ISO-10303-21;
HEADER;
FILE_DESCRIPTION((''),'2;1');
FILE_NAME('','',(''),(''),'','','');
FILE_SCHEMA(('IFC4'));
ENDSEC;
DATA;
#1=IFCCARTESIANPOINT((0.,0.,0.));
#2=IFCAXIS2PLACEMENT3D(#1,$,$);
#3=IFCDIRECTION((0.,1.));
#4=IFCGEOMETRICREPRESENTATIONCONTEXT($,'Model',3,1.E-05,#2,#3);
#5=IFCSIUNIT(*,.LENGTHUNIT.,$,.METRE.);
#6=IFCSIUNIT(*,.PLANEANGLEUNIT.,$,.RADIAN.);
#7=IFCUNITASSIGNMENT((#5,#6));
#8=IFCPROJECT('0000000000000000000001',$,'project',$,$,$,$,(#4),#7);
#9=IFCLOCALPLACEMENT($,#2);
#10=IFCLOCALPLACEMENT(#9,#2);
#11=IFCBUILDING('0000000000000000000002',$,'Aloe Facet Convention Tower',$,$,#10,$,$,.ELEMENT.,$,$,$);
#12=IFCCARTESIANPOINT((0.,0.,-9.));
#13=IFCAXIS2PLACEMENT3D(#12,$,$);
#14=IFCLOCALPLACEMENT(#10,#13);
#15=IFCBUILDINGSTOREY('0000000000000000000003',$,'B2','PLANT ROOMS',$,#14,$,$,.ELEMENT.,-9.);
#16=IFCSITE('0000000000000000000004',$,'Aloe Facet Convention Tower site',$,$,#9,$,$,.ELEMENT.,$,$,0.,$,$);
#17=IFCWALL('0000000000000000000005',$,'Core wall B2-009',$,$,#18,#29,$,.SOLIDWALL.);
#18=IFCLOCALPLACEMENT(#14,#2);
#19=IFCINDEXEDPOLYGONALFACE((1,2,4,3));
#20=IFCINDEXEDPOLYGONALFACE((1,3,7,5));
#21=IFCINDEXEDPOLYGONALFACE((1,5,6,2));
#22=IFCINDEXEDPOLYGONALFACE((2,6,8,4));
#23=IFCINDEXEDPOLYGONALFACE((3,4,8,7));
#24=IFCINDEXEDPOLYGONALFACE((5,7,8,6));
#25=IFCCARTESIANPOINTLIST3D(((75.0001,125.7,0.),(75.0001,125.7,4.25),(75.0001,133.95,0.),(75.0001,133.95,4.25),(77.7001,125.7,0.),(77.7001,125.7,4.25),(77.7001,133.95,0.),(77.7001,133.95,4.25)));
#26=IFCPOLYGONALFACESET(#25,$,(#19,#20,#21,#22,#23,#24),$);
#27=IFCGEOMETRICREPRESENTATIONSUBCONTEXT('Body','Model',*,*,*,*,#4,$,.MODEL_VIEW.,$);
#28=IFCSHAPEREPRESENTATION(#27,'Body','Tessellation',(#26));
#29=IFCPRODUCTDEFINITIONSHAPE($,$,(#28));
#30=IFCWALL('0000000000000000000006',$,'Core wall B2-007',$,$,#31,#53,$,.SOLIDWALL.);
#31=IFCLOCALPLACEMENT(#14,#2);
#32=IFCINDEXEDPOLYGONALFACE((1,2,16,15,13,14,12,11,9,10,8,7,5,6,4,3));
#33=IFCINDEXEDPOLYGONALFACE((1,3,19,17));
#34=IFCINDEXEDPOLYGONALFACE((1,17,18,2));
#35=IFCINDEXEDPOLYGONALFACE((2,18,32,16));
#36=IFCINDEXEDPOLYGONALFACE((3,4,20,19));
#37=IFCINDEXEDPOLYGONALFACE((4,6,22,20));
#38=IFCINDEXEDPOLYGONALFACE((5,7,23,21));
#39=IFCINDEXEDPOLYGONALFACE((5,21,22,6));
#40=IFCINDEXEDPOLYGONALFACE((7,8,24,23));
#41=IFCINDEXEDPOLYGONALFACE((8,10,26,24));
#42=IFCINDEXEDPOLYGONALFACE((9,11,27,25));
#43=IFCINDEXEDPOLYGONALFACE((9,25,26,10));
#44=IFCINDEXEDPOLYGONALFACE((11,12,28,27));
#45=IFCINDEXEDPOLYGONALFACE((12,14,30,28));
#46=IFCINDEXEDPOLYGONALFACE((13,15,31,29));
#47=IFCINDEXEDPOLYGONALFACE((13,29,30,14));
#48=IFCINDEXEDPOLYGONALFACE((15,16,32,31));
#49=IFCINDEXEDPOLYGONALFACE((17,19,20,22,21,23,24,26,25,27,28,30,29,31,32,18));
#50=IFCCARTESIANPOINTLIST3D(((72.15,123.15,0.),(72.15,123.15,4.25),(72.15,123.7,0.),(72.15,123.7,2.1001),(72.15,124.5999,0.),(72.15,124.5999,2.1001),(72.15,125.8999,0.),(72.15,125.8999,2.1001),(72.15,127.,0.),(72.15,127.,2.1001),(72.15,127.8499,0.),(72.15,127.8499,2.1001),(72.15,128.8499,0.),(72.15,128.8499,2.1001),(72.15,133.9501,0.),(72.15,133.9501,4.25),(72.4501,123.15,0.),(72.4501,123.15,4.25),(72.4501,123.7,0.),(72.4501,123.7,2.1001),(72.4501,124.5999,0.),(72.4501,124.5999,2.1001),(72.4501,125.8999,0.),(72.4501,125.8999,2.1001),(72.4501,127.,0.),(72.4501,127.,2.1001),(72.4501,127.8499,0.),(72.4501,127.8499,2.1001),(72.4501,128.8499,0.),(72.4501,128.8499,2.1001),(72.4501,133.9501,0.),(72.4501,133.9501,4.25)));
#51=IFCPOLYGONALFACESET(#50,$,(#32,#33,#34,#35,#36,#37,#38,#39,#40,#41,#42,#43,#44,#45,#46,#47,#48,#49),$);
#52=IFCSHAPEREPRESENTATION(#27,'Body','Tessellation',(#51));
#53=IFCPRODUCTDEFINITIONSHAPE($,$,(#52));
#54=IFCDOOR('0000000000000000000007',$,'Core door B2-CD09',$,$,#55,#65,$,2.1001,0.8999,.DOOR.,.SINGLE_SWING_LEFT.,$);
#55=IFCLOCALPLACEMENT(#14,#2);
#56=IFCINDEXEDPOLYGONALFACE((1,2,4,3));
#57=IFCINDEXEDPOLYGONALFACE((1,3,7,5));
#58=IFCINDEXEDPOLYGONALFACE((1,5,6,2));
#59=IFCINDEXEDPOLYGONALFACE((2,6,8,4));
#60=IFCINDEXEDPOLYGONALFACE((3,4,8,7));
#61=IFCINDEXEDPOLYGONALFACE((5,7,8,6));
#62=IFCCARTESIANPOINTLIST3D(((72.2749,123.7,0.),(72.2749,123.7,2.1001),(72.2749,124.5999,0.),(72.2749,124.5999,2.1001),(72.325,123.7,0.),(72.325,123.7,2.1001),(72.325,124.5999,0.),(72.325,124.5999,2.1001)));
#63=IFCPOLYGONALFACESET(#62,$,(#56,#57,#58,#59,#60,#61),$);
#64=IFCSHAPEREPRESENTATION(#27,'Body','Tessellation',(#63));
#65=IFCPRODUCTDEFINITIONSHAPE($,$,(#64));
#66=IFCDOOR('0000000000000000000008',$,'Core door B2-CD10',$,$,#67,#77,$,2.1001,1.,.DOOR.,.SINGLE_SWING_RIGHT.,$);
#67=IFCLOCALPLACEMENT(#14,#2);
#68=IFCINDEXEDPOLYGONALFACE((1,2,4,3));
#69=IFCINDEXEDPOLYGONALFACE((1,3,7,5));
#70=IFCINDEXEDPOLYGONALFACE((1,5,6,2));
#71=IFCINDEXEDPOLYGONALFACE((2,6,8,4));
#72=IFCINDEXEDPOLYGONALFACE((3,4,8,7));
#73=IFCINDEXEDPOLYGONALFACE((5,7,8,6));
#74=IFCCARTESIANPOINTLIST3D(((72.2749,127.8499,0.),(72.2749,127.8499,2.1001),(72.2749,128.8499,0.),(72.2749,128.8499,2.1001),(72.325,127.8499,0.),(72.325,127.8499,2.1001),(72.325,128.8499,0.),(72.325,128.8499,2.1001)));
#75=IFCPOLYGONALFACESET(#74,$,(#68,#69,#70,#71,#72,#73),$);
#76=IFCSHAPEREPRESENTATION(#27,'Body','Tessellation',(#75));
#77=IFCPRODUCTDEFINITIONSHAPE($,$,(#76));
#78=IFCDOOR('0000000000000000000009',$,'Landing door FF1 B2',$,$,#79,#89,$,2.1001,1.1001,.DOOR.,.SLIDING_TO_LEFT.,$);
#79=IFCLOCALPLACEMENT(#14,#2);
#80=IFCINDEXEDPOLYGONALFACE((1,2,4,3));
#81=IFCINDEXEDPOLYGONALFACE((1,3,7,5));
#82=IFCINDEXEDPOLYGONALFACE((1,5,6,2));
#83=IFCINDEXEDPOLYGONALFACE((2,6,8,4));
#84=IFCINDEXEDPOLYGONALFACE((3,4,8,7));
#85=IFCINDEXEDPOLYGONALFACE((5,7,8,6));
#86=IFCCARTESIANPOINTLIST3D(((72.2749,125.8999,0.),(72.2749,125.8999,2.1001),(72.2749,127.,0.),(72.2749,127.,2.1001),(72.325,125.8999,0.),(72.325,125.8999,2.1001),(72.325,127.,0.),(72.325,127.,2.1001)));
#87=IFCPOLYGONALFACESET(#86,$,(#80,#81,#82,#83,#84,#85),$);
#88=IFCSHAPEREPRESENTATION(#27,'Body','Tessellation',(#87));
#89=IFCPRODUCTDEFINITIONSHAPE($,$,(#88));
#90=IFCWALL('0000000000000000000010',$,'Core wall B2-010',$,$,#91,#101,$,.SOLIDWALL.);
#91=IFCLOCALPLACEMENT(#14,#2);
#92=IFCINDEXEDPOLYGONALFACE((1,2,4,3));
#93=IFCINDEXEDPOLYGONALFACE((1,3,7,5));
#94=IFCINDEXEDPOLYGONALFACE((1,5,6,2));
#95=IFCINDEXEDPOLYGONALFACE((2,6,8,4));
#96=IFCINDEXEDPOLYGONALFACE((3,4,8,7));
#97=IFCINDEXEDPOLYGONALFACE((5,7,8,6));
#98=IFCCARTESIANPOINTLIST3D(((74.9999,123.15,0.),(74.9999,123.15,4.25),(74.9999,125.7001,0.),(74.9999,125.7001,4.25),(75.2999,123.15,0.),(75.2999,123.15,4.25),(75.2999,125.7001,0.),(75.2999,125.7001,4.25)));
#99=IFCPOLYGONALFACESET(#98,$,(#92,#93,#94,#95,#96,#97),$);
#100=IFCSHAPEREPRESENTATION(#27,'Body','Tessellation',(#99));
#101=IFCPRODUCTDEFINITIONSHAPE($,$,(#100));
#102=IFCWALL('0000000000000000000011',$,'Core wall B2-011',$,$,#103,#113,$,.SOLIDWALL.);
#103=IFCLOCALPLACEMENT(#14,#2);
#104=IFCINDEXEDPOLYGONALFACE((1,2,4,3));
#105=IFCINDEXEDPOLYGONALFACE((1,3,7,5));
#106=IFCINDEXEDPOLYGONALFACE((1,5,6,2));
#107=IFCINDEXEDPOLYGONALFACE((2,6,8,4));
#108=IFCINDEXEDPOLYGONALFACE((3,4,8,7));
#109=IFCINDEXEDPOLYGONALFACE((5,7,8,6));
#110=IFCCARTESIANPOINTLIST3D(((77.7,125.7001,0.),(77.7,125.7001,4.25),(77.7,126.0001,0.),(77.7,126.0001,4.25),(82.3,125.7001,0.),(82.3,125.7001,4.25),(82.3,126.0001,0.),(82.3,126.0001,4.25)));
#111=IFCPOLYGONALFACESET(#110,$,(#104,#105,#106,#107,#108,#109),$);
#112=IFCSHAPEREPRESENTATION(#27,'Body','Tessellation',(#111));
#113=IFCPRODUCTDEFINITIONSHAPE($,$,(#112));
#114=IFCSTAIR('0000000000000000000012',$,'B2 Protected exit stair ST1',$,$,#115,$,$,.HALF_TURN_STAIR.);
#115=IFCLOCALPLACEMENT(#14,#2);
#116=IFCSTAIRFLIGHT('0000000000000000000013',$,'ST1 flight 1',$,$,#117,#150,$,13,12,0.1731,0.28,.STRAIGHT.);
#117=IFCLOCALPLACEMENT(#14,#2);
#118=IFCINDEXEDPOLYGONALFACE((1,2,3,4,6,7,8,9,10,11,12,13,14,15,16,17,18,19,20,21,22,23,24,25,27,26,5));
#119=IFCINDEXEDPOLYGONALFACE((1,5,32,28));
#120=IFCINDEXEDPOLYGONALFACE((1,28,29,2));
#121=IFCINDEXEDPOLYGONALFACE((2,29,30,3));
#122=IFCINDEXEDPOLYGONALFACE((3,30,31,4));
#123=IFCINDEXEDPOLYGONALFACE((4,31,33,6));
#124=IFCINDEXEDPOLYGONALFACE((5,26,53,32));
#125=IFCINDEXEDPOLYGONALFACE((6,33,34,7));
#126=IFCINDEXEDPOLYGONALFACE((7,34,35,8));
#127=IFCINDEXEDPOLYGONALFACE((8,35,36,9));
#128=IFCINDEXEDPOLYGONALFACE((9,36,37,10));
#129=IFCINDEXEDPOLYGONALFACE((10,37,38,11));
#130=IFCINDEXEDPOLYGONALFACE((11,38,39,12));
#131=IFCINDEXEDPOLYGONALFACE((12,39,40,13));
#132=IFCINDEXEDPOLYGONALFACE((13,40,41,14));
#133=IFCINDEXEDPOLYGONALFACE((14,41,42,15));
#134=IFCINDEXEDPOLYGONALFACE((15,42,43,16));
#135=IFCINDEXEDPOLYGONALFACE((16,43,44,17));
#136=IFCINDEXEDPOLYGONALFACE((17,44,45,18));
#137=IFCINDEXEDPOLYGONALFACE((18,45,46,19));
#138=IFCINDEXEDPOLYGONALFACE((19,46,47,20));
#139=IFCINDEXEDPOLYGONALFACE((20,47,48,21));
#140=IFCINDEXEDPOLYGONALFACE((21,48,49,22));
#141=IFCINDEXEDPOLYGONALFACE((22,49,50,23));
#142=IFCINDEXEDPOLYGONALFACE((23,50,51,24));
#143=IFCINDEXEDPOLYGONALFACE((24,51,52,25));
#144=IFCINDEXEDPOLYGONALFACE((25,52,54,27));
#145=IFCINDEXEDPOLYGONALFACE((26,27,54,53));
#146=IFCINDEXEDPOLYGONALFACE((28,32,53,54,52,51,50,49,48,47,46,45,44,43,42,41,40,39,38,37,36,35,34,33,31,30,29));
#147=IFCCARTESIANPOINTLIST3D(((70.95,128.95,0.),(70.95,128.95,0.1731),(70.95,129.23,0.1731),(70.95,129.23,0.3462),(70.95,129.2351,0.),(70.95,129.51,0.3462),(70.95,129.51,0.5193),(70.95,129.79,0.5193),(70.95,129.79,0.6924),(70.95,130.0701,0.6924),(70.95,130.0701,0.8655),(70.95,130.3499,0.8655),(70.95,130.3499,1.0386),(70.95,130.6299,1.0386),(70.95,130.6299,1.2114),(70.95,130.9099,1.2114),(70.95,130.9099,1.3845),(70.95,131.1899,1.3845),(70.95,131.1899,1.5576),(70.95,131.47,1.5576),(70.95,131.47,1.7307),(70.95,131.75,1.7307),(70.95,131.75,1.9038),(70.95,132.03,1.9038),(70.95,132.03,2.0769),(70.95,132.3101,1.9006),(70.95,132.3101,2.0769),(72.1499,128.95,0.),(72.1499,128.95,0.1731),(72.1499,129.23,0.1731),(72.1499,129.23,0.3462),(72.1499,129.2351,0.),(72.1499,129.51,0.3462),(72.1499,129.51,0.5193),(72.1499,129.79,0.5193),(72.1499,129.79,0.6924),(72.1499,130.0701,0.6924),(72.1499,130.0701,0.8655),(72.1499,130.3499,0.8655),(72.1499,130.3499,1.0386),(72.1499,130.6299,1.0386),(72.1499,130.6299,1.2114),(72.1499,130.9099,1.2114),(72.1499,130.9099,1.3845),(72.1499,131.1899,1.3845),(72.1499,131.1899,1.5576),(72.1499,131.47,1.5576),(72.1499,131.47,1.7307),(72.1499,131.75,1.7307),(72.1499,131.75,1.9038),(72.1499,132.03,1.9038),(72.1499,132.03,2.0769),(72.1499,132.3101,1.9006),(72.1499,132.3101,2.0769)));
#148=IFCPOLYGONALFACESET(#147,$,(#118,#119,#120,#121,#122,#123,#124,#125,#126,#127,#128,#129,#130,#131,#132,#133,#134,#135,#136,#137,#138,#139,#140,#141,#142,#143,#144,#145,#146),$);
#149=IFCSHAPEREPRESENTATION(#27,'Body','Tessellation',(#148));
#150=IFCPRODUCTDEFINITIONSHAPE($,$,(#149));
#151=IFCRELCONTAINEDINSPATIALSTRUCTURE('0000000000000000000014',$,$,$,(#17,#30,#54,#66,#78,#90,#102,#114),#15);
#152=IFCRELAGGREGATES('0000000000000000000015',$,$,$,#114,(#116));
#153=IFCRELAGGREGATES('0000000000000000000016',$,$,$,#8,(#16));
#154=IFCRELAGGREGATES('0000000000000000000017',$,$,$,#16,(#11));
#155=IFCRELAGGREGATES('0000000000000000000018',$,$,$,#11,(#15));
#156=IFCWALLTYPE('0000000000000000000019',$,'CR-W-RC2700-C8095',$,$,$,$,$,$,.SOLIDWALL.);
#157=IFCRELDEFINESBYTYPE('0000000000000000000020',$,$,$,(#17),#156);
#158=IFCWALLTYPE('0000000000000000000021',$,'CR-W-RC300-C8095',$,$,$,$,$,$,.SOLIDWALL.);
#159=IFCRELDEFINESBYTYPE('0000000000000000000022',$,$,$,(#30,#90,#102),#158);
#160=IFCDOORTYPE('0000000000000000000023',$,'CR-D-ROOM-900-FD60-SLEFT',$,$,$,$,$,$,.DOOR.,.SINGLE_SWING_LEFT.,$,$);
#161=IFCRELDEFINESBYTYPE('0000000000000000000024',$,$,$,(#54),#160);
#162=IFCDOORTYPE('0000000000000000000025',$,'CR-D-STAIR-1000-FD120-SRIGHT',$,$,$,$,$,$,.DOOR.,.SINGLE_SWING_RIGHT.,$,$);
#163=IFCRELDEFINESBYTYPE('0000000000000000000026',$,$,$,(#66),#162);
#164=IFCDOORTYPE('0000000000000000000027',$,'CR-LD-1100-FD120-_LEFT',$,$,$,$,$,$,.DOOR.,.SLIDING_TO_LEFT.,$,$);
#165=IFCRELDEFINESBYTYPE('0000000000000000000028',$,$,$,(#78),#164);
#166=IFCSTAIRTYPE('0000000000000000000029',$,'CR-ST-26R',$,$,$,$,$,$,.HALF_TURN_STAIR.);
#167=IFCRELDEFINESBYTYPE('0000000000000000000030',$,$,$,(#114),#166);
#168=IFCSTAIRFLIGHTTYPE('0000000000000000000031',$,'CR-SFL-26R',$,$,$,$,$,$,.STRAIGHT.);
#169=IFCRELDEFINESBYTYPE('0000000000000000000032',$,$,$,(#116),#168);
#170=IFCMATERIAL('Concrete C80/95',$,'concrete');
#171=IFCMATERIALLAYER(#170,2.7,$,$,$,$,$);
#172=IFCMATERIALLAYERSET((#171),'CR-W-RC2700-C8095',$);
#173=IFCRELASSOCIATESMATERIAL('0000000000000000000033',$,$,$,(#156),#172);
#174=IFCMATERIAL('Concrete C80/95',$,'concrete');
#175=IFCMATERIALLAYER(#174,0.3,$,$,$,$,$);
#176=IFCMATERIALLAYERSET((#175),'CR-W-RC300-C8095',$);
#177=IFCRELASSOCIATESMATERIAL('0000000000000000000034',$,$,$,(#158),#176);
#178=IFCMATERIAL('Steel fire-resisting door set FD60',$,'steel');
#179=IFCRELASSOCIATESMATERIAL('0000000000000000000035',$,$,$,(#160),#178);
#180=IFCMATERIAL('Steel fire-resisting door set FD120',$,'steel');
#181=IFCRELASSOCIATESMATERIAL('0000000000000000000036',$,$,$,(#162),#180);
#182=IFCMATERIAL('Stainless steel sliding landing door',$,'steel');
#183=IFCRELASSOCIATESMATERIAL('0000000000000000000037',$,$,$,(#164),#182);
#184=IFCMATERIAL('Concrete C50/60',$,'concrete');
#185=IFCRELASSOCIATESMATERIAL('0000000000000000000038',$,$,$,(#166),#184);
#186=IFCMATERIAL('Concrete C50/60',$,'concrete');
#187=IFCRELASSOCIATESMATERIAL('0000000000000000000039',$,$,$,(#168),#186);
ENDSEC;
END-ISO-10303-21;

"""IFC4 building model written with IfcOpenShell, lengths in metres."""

from ifc_helpers import new_model, si_unit, direction, frame, frame_2d, origin, place, context, subcontext, project, spatial, polyline, rectangle, outline, extrude, material, layer, layer_set, type_object, element, fill, aggregate, save


model = new_model("IFC4")

# Units and contexts
model_context = context("Model", 3, precision=1e-05, world=origin(), true_north=direction((0.0, 1.0)))
body_context = subcontext(model_context, "Body", "Model", "MODEL_VIEW")
ifc_project = project(units=[si_unit("LENGTHUNIT", "METRE"), si_unit("PLANEANGLEUNIT", "RADIAN")], contexts=[model_context])

# Site, building, storey
site_placement = place(None, origin())
site = spatial("IfcSite", under=ifc_project, at=site_placement, Name="Aloe Facet Convention Tower site", CompositionType="ELEMENT", RefElevation=0.0)
building_placement = place(site_placement, origin())
building = spatial("IfcBuilding", under=site, at=building_placement, Name="Aloe Facet Convention Tower", CompositionType="ELEMENT")
storey_placement = place(building_placement, frame((0.0, 0.0, -9.0)))
storey = spatial("IfcBuildingStorey", under=building, at=storey_placement, Name="B2", Description="PLANT ROOMS", CompositionType="ELEMENT", Elevation=-9.0)

# Wall
ifc_material_1 = material(Name="Concrete C80/95", Category="concrete")
ifc_layer_1 = layer(ifc_material_1, 2.7)
ifc_layer_set_1 = layer_set([ifc_layer_1], Name="CR-W-RC2700-C8095")
wall_type_1 = type_object("IfcWallType", Name="CR-W-RC2700-C8095", PredefinedType="SOLIDWALL", material=ifc_layer_set_1)
wall_1_placement = place(storey_placement, frame((76.3501, 133.95, 0.0), z_axis=(0.0, 0.0, 1.0), x_axis=(0.0, -1.0, 0.0)))
element("IfcWall", 1, at=wall_1_placement, inside=storey, type_object=wall_type_1, Name="Core wall B2-009", PredefinedType="SOLIDWALL", context=body_context, shape_type="SweptSolid", body=[
    extrude(rectangle(XDim=8.25, YDim=2.7, at=frame_2d((4.125, 0.0))), origin(), (0.0, 0.0, 1.0), 4.25),
])

# Wall, openings, doors
ifc_material_2 = material(Name="Concrete C80/95", Category="concrete")
ifc_layer_2 = layer(ifc_material_2, 0.3)
ifc_layer_set_2 = layer_set([ifc_layer_2], Name="CR-W-RC300-C8095")
wall_type_2 = type_object("IfcWallType", Name="CR-W-RC300-C8095", PredefinedType="SOLIDWALL", material=ifc_layer_set_2)
wall_2_placement = place(storey_placement, frame((72.3, 133.95, 0.0), z_axis=(0.0, 0.0, 1.0), x_axis=(0.0, -1.0, 0.0)))
wall_2 = element("IfcWall", 2, at=wall_2_placement, inside=storey, type_object=wall_type_2, Name="Core wall B2-007", PredefinedType="SOLIDWALL", context=body_context, shape_type="SweptSolid", body=[
    extrude(rectangle(XDim=10.8, YDim=0.3, at=frame_2d((5.3999, 0.0))), origin(), (0.0, 0.0, 1.0), 4.25),
])
opening_1_placement = place(wall_2_placement, frame((6.95, 0.0, 0.0)))
opening_1 = element("IfcOpeningElement", 3, at=opening_1_placement, cuts=wall_2, PredefinedType="OPENING", context=body_context, shape_type="SweptSolid", body=[
    extrude(rectangle(XDim=1.1001, YDim=2.1001, at=frame_2d((0.55, 1.05))), frame((0.0, 0.1602, 0.0), z_axis=(0.0, -1.0, 0.0), x_axis=(1.0, 0.0, 0.0)), (0.0, 0.0, 1.0), 0.3201),
])
opening_2_placement = place(wall_2_placement, frame((9.3501, 0.0, 0.0)))
opening_2 = element("IfcOpeningElement", 4, at=opening_2_placement, cuts=wall_2, PredefinedType="OPENING", context=body_context, shape_type="SweptSolid", body=[
    extrude(rectangle(XDim=0.8999, YDim=2.1001, at=frame_2d((0.45, 1.05))), frame((0.0, 0.1602, 0.0), z_axis=(0.0, -1.0, 0.0), x_axis=(1.0, 0.0, 0.0)), (0.0, 0.0, 1.0), 0.3201),
])
opening_3_placement = place(wall_2_placement, frame((5.1001, 0.0, 0.0)))
opening_3 = element("IfcOpeningElement", 5, at=opening_3_placement, cuts=wall_2, PredefinedType="OPENING", context=body_context, shape_type="SweptSolid", body=[
    extrude(rectangle(XDim=1.0, YDim=2.1001, at=frame_2d((0.5, 1.05))), frame((0.0, 0.1602, 0.0), z_axis=(0.0, -1.0, 0.0), x_axis=(1.0, 0.0, 0.0)), (0.0, 0.0, 1.0), 0.3201),
])
ifc_material_3 = material(Name="Steel fire-resisting door set FD60", Category="steel")
door_type_1 = type_object("IfcDoorType", Name="CR-D-ROOM-900-FD60-SLEFT", OperationType="SINGLE_SWING_LEFT", PredefinedType="DOOR", material=ifc_material_3)
door_1_placement = place(opening_2_placement, origin())
door_1 = element("IfcDoor", 6, at=door_1_placement, inside=storey, type_object=door_type_1, Name="Core door B2-CD09", OperationType="SINGLE_SWING_LEFT", OverallHeight=2.1001, OverallWidth=0.8999, PredefinedType="DOOR", context=body_context, shape_type="SweptSolid", body=[
    extrude(rectangle(XDim=0.8999, YDim=2.1001, at=frame_2d((0.45, 1.05))), frame((0.0, 0.0249, 0.0), z_axis=(0.0, -1.0, 0.0), x_axis=(1.0, 0.0, 0.0)), (0.0, 0.0, 1.0), 0.05),
])
fill(opening_2, door_1)
ifc_material_4 = material(Name="Steel fire-resisting door set FD120", Category="steel")
door_type_2 = type_object("IfcDoorType", Name="CR-D-STAIR-1000-FD120-SRIGHT", OperationType="SINGLE_SWING_RIGHT", PredefinedType="DOOR", material=ifc_material_4)
door_2_placement = place(opening_3_placement, origin())
door_2 = element("IfcDoor", 7, at=door_2_placement, inside=storey, type_object=door_type_2, Name="Core door B2-CD10", OperationType="SINGLE_SWING_RIGHT", OverallHeight=2.1001, OverallWidth=1.0, PredefinedType="DOOR", context=body_context, shape_type="SweptSolid", body=[
    extrude(rectangle(XDim=1.0, YDim=2.1001, at=frame_2d((0.5, 1.05))), frame((0.0, 0.0249, 0.0), z_axis=(0.0, -1.0, 0.0), x_axis=(1.0, 0.0, 0.0)), (0.0, 0.0, 1.0), 0.05),
])
fill(opening_3, door_2)
ifc_material_5 = material(Name="Stainless steel sliding landing door", Category="steel")
door_type_3 = type_object("IfcDoorType", Name="CR-LD-1100-FD120-_LEFT", OperationType="SLIDING_TO_LEFT", PredefinedType="DOOR", material=ifc_material_5)
door_3_placement = place(opening_1_placement, origin())
door_3 = element("IfcDoor", 8, at=door_3_placement, inside=storey, type_object=door_type_3, Name="Landing door FF1 B2", OperationType="SLIDING_TO_LEFT", OverallHeight=2.1001, OverallWidth=1.1001, PredefinedType="DOOR", context=body_context, shape_type="SweptSolid", body=[
    extrude(rectangle(XDim=1.1001, YDim=2.1001, at=frame_2d((0.55, 1.05))), frame((0.0, 0.0249, 0.0), z_axis=(0.0, -1.0, 0.0), x_axis=(1.0, 0.0, 0.0)), (0.0, 0.0, 1.0), 0.05),
])
fill(opening_1, door_3)

# Walls
wall_3_placement = place(storey_placement, frame((75.1499, 125.7, 0.0), z_axis=(0.0, 0.0, 1.0), x_axis=(0.0, -1.0, 0.0)))
element("IfcWall", 9, at=wall_3_placement, inside=storey, type_object=wall_type_2, Name="Core wall B2-010", PredefinedType="SOLIDWALL", context=body_context, shape_type="SweptSolid", body=[
    extrude(rectangle(XDim=2.55, YDim=0.3, at=frame_2d((1.2749, 0.0))), origin(), (0.0, 0.0, 1.0), 4.25),
])
wall_4_placement = place(storey_placement, frame((77.7, 125.8501, 0.0), z_axis=(0.0, 0.0, 1.0), x_axis=(1.0, 0.0, 0.0)))
element("IfcWall", 10, at=wall_4_placement, inside=storey, type_object=wall_type_2, Name="Core wall B2-011", PredefinedType="SOLIDWALL", context=body_context, shape_type="SweptSolid", body=[
    extrude(rectangle(XDim=4.6001, YDim=0.3, at=frame_2d((2.3, 0.0))), origin(), (0.0, 0.0, 1.0), 4.25),
])

# Stair, stair flight
ifc_material_6 = material(Name="Concrete C50/60", Category="concrete")
stair_type = type_object("IfcStairType", Name="CR-ST-26R", PredefinedType="HALF_TURN_STAIR", material=ifc_material_6)
stair_placement = place(storey_placement, origin())
stair = element("IfcStair", 11, at=stair_placement, inside=storey, type_object=stair_type, Name="B2 Protected exit stair ST1", PredefinedType="HALF_TURN_STAIR")
ifc_material_7 = material(Name="Concrete C50/60", Category="concrete")
stair_flight_type = type_object("IfcStairFlightType", Name="CR-SFL-26R", PredefinedType="STRAIGHT", material=ifc_material_7)
stair_flight_placement = place(storey_placement, frame((71.55, 128.95, 0.0), z_axis=(0.0, 0.0, 1.0), x_axis=(0.0, 1.0, 0.0)))
stair_flight = element("IfcStairFlight", 12, at=stair_flight_placement, type_object=stair_flight_type, Name="ST1 flight 1", NumberOfRisers=13, NumberOfTreads=12, PredefinedType="STRAIGHT", RiserHeight=0.1731, TreadLength=0.28, context=body_context, shape_type="SweptSolid", body=[
    extrude(outline(polyline([(0.0, 0.0), (0.0, 0.1731), (0.28, 0.1731), (0.28, 0.3462), (0.5601, 0.3462), (0.5601, 0.5193), (0.8401, 0.5193), (0.8401, 0.6924), (1.1201, 0.6924), (1.1201, 0.8655), (1.3999, 0.8655), (1.3999, 1.0386), (1.6799, 1.0386), (1.6799, 1.2114), (1.96, 1.2114), (1.96, 1.3845), (2.24, 1.3845), (2.24, 1.5576), (2.52, 1.5576), (2.52, 1.7307), (2.8, 1.7307), (2.8, 1.9038), (3.0801, 1.9038), (3.0801, 2.0769), (3.3601, 2.0769), (3.3601, 2.25), (3.3601, 1.9006), (0.2852, 0.0), (0.0, 0.0)])), frame((0.0, 0.6001, 0.0), z_axis=(0.0, -1.0, 0.0), x_axis=(1.0, 0.0, 0.0)), (0.0, 0.0, 1.0), 1.2),
])
aggregate(stair, [stair_flight])

save(model, "model.ifc")
